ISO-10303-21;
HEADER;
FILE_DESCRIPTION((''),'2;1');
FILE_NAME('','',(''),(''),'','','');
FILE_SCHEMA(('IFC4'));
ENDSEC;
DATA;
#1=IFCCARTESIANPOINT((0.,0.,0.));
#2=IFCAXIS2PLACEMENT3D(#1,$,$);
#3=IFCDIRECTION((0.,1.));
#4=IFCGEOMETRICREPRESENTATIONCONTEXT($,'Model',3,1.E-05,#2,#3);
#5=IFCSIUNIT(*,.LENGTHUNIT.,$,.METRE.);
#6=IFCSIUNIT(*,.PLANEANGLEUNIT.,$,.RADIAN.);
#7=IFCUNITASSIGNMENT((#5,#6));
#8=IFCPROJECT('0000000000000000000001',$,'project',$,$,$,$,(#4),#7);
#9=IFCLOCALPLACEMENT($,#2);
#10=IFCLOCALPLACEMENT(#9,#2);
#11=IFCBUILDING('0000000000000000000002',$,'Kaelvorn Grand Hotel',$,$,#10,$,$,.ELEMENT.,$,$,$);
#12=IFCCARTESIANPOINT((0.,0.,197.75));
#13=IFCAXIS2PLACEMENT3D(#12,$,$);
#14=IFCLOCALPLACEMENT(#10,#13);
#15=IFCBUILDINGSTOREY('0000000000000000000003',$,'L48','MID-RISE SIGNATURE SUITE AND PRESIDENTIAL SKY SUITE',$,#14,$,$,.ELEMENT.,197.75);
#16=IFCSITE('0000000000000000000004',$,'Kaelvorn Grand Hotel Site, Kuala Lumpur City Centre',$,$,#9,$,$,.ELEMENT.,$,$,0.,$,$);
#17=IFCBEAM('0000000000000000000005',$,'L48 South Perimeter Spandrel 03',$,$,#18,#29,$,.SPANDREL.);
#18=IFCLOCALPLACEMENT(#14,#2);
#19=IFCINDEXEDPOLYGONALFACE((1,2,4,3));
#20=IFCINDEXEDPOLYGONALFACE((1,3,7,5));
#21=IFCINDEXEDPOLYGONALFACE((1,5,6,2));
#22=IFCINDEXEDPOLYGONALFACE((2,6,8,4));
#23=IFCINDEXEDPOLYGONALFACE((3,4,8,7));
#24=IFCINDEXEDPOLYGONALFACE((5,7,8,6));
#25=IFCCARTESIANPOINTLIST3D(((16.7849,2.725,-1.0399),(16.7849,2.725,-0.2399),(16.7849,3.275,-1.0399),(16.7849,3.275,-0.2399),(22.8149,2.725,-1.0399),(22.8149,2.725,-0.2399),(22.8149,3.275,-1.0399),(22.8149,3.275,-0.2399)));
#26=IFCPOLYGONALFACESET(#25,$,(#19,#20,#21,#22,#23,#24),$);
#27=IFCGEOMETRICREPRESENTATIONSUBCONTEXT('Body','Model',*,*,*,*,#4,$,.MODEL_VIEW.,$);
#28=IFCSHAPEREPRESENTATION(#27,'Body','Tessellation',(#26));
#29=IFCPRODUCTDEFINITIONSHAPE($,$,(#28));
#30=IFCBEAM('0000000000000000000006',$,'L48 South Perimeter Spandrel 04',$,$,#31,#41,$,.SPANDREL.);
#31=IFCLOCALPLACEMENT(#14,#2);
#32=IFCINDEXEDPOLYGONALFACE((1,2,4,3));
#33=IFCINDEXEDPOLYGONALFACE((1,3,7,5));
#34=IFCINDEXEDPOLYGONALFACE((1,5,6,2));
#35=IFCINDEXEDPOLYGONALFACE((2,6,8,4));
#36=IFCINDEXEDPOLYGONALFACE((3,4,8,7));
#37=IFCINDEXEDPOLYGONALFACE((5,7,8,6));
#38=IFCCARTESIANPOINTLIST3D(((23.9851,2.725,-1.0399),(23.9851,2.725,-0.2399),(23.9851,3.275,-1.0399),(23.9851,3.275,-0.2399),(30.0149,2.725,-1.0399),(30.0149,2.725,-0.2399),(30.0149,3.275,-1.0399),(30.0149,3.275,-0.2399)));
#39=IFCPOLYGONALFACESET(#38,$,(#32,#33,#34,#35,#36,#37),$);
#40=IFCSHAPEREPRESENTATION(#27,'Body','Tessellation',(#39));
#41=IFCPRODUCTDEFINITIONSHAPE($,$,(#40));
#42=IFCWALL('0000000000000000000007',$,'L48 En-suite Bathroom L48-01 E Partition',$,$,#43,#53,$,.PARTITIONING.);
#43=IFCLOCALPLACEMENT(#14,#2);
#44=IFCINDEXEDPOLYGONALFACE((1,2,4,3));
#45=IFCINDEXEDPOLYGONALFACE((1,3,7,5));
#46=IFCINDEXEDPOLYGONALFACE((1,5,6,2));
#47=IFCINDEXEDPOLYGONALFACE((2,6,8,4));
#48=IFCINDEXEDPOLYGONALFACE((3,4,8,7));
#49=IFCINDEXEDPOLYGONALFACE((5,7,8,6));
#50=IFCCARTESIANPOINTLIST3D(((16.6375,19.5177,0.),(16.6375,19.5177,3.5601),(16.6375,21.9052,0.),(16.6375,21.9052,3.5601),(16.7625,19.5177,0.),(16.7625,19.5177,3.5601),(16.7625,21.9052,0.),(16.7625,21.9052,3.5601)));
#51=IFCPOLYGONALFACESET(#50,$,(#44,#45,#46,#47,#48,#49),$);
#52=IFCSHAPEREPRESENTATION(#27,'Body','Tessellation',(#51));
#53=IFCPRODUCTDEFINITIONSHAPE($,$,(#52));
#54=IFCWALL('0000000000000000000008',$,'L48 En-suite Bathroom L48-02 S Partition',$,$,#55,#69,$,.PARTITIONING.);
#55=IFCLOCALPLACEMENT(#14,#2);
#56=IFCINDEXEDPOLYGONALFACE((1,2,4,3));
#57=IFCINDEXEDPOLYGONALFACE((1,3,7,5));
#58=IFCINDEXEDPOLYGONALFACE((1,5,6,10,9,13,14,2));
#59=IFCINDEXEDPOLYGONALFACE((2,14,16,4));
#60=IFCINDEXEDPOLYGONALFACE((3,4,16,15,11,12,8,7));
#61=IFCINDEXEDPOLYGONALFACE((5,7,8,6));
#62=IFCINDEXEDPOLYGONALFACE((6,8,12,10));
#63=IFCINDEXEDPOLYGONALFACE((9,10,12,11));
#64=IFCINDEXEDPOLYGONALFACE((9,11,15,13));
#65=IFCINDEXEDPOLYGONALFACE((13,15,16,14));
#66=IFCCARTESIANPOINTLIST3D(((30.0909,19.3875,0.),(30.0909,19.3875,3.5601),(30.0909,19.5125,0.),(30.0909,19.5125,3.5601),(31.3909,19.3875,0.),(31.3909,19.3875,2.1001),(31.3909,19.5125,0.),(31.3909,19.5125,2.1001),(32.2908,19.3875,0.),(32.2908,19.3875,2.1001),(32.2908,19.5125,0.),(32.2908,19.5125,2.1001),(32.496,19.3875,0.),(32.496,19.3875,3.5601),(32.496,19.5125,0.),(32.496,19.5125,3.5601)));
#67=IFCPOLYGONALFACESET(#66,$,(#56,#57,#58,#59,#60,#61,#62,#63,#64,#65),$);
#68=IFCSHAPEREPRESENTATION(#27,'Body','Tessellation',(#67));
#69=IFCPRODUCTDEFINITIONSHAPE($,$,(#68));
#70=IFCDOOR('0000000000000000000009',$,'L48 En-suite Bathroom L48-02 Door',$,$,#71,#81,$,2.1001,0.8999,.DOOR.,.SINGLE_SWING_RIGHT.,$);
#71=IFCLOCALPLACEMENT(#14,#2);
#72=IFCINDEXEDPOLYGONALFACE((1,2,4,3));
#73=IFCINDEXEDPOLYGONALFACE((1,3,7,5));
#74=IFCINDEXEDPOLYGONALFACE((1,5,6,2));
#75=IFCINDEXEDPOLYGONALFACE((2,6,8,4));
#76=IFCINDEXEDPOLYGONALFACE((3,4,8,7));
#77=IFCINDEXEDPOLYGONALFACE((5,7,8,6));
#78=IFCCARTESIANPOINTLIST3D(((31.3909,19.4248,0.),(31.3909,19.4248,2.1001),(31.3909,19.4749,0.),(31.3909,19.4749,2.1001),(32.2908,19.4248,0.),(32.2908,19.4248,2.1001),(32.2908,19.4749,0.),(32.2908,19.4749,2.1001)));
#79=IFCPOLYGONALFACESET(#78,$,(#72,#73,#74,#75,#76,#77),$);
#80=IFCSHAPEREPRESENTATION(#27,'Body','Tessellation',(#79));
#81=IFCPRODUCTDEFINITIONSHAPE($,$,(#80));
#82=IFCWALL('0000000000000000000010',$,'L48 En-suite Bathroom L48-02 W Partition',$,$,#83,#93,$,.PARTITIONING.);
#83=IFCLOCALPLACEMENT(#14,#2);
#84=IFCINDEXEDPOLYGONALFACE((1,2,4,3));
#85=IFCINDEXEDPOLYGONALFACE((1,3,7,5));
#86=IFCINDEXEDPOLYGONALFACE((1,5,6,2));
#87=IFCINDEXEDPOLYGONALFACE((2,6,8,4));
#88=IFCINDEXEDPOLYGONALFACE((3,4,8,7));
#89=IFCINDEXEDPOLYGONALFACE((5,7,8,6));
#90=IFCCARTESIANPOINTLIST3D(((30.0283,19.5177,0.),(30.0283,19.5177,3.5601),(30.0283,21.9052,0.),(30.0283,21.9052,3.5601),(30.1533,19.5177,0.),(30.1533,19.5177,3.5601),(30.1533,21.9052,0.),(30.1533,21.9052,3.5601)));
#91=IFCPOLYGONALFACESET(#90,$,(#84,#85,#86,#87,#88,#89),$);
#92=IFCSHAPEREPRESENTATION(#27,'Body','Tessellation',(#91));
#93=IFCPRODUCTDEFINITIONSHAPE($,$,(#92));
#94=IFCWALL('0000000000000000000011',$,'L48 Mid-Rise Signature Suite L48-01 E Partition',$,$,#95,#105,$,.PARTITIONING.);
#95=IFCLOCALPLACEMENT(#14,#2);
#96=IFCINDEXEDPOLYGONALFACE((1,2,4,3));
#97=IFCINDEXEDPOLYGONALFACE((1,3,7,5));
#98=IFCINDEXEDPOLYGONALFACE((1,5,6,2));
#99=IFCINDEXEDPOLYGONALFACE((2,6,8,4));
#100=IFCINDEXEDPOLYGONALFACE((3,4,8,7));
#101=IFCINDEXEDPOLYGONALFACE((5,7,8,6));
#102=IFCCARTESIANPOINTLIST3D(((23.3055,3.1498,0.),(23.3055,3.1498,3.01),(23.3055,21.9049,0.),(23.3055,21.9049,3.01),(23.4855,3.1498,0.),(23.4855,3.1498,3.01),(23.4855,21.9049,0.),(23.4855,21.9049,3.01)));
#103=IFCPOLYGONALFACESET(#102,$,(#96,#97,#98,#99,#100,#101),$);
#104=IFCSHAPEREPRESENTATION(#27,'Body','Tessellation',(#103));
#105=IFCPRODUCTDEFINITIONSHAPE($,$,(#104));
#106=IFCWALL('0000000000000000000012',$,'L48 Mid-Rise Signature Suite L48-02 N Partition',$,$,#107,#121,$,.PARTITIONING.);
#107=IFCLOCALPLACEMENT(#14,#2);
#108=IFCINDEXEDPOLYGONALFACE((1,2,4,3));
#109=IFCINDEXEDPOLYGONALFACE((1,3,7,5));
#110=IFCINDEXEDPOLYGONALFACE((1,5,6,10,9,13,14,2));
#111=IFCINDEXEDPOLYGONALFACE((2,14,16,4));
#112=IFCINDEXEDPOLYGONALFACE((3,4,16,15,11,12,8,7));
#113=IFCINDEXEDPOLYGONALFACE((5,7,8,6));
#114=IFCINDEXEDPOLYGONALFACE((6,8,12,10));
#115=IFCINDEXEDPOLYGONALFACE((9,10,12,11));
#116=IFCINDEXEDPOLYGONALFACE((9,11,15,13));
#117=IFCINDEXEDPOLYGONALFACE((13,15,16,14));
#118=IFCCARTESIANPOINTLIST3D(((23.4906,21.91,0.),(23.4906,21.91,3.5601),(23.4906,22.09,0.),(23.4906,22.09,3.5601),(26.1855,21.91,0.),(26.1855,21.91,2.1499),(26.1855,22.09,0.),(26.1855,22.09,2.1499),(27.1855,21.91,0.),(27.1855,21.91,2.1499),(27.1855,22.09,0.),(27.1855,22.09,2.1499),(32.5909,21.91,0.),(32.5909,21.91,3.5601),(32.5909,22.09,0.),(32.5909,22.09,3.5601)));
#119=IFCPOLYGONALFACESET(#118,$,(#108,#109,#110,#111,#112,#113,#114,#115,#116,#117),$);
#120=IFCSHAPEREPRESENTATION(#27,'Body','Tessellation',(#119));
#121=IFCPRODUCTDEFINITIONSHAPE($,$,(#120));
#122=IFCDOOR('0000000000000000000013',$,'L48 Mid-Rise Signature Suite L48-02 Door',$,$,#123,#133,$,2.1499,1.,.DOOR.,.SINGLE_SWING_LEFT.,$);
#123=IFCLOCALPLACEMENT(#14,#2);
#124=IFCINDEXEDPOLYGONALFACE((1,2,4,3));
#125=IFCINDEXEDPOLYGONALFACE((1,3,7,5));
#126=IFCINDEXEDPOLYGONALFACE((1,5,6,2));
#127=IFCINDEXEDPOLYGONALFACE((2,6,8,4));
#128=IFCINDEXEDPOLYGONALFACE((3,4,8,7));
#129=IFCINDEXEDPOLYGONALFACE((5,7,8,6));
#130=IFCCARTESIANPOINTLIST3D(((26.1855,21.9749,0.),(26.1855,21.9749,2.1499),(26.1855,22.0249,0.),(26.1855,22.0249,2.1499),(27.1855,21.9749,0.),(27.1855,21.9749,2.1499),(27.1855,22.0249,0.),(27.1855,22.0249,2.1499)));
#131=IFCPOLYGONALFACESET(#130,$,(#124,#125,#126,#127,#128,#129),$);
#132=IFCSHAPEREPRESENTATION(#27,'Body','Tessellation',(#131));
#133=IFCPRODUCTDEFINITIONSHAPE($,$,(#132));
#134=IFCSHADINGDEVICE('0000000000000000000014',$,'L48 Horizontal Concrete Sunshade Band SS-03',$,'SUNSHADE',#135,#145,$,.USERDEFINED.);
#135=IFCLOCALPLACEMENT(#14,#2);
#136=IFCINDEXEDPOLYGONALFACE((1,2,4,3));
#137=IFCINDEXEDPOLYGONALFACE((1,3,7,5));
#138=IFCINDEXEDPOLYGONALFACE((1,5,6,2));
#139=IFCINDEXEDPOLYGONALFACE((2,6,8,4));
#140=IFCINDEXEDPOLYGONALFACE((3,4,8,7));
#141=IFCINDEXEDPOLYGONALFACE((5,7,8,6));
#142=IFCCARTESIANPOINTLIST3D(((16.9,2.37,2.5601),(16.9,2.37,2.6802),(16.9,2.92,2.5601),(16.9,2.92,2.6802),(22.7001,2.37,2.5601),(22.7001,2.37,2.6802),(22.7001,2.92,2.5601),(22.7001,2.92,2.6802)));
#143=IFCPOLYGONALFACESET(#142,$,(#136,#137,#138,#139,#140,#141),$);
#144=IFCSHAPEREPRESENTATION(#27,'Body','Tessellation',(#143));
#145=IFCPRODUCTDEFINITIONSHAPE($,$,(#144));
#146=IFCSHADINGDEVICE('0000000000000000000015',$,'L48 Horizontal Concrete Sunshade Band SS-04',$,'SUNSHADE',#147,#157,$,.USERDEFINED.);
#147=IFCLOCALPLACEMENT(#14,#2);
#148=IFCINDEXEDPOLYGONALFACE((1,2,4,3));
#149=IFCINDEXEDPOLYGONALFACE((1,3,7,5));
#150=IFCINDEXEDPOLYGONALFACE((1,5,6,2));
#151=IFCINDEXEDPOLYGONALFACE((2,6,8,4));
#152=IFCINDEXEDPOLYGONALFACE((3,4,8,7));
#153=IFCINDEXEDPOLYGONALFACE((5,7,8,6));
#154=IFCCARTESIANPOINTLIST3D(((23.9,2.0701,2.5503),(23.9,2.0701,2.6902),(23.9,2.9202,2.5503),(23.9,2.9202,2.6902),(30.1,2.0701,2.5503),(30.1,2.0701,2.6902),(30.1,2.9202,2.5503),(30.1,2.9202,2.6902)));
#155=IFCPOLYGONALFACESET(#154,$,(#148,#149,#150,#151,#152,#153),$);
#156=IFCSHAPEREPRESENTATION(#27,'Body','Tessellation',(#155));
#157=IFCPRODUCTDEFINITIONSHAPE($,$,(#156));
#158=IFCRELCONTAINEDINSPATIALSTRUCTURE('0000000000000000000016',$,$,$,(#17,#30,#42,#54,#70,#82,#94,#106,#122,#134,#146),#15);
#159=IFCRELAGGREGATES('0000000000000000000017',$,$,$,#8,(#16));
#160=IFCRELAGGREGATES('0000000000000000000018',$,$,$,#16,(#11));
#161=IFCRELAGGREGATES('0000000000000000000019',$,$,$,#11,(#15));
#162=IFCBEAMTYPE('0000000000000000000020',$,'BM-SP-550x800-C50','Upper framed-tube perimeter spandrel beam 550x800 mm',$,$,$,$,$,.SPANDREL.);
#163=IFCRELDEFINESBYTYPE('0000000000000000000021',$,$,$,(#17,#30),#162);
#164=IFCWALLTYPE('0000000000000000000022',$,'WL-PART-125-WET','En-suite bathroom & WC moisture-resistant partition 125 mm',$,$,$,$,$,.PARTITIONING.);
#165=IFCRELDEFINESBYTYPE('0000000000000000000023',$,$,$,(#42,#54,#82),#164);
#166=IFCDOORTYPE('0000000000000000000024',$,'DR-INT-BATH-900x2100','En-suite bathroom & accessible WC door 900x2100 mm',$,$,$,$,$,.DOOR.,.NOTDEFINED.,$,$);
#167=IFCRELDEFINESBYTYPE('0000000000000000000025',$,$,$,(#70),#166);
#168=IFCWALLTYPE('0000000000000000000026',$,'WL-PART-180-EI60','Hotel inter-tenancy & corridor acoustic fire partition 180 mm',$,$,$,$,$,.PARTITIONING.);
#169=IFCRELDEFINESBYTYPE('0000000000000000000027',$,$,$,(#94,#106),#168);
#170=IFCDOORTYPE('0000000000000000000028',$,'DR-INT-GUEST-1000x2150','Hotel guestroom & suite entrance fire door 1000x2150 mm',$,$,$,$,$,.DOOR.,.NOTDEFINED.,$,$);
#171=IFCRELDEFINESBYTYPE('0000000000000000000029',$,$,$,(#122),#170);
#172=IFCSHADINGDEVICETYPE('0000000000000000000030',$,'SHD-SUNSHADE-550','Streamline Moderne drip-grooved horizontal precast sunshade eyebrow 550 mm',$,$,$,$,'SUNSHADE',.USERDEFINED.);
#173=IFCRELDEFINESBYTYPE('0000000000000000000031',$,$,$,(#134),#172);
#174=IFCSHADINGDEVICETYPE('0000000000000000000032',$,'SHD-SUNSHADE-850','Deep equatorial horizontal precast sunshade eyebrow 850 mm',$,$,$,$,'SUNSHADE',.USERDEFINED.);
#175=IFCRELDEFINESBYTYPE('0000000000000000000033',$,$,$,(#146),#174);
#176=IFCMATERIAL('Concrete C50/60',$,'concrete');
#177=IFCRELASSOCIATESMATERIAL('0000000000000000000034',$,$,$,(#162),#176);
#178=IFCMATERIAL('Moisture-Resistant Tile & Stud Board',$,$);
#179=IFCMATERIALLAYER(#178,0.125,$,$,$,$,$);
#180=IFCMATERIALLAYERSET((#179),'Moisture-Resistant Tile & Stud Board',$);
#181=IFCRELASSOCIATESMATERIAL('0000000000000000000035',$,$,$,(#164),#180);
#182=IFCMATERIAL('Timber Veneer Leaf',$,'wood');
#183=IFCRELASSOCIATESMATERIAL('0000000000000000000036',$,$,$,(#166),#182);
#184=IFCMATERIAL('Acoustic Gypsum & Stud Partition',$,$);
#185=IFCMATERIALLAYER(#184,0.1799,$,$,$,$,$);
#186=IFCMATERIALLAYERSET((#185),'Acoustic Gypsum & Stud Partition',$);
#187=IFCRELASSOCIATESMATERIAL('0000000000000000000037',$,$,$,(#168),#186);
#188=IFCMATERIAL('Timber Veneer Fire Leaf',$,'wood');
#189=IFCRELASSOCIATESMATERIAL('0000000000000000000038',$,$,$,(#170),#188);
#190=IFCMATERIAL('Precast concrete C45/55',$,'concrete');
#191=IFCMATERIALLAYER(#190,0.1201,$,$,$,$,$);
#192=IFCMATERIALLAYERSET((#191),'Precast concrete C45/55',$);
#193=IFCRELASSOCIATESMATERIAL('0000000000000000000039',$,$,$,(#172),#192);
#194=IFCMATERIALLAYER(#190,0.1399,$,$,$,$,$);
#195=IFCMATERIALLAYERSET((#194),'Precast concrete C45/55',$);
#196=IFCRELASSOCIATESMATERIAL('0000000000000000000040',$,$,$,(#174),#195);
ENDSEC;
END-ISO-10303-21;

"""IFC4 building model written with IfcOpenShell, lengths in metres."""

from ifc_helpers import new_model, si_unit, direction, frame, frame_2d, origin, origin_2d, place, context, subcontext, project, spatial, rectangle, extrude, material, layer, layer_set, material_profile, profile_set, type_object, element, fill, save


model = new_model("IFC4")

# Units and contexts
model_context = context("Model", 3, precision=1e-05, world=origin(), true_north=direction((0.0, 1.0)))
body_context = subcontext(model_context, "Body", "Model", "MODEL_VIEW")
ifc_project = project(units=[si_unit("LENGTHUNIT", "METRE"), si_unit("PLANEANGLEUNIT", "RADIAN")], contexts=[model_context])

# Site, building, storey
site_placement = place(None, origin())
site = spatial("IfcSite", under=ifc_project, at=site_placement, Name="Kaelvorn Grand Hotel Site, Kuala Lumpur City Centre", CompositionType="ELEMENT", RefElevation=0.0)
building_placement = place(site_placement, origin())
building = spatial("IfcBuilding", under=site, at=building_placement, Name="Kaelvorn Grand Hotel", CompositionType="ELEMENT")
storey_placement = place(building_placement, frame((0.0, 0.0, 197.75)))
storey = spatial("IfcBuildingStorey", under=building, at=storey_placement, Name="L48", Description="MID-RISE SIGNATURE SUITE AND PRESIDENTIAL SKY SUITE", CompositionType="ELEMENT", Elevation=197.75)

# Beams
ifc_material_1 = material(Name="Concrete C50/60", Category="concrete")
ifc_material_profile_1 = material_profile(ifc_material_1, rectangle(XDim=0.55, YDim=0.8, at=origin_2d()), Name="RC SPANDREL 550x800")
ifc_profile_set_1 = profile_set([ifc_material_profile_1], Name="Concrete C50/60")
beam_type_1 = type_object("IfcBeamType", Name="BM-SP-550x800-C50", Description="Upper framed-tube perimeter spandrel beam 550x800 mm", PredefinedType="SPANDREL", material=ifc_profile_set_1)
beam_1_placement = place(storey_placement, frame((16.7849, 3.0, -0.6399), z_axis=(1.0, 0.0, 0.0), x_axis=(0.0, 1.0, 0.0)))
element("IfcBeam", 1, at=beam_1_placement, inside=storey, type_object=beam_type_1, Name="L48 South Perimeter Spandrel 03", PredefinedType="SPANDREL", context=body_context, shape_type="SweptSolid", body=[
    extrude(rectangle(XDim=0.55, YDim=0.8, at=origin_2d()), origin(), (0.0, 0.0, 1.0), 6.03),
])
beam_2_placement = place(storey_placement, frame((23.9851, 3.0, -0.6399), z_axis=(1.0, 0.0, 0.0), x_axis=(0.0, 1.0, 0.0)))
element("IfcBeam", 2, at=beam_2_placement, inside=storey, type_object=beam_type_1, Name="L48 South Perimeter Spandrel 04", PredefinedType="SPANDREL", context=body_context, shape_type="SweptSolid", body=[
    extrude(rectangle(XDim=0.55, YDim=0.8, at=origin_2d()), origin(), (0.0, 0.0, 1.0), 6.0298),
])

# Wall
ifc_material_2 = material(Name="Moisture-Resistant Tile & Stud Board")
ifc_layer_1 = layer(ifc_material_2, 0.125)
ifc_layer_set_1 = layer_set([ifc_layer_1], Name="Moisture-Resistant Tile & Stud Board")
wall_type_1 = type_object("IfcWallType", Name="WL-PART-125-WET", Description="En-suite bathroom & WC moisture-resistant partition 125 mm", PredefinedType="PARTITIONING", material=ifc_layer_set_1)
wall_1_placement = place(storey_placement, frame((16.7, 19.5176, 0.0), z_axis=(0.0, 0.0, 1.0), x_axis=(0.0, 1.0, 0.0)))
element("IfcWall", 3, at=wall_1_placement, inside=storey, type_object=wall_type_1, Name="L48 En-suite Bathroom L48-01 E Partition", PredefinedType="PARTITIONING", context=body_context, shape_type="SweptSolid", body=[
    extrude(rectangle(XDim=2.3875, YDim=0.125, at=frame_2d((1.1938, 0.0))), origin(), (0.0, 0.0, 1.0), 3.5601),
])

# Wall, opening, door
wall_2_placement = place(storey_placement, frame((30.0908, 19.45, 0.0), z_axis=(0.0, 0.0, 1.0), x_axis=(1.0, 0.0, 0.0)))
wall_2 = element("IfcWall", 4, at=wall_2_placement, inside=storey, type_object=wall_type_1, Name="L48 En-suite Bathroom L48-02 S Partition", PredefinedType="PARTITIONING", context=body_context, shape_type="SweptSolid", body=[
    extrude(rectangle(XDim=2.405, YDim=0.125, at=frame_2d((1.2026, 0.0))), origin(), (0.0, 0.0, 1.0), 3.5601),
])
opening_1_placement = place(wall_2_placement, frame((1.3, 0.0, 0.0)))
opening_1 = element("IfcOpeningElement", 5, at=opening_1_placement, cuts=wall_2, PredefinedType="OPENING", context=body_context, shape_type="SweptSolid", body=[
    extrude(rectangle(XDim=0.8999, YDim=2.1001, at=frame_2d((0.45, 1.05))), frame((0.0, 0.0725, 0.0), z_axis=(0.0, -1.0, 0.0), x_axis=(1.0, 0.0, 0.0)), (0.0, 0.0, 1.0), 0.145),
])
ifc_material_3 = material(Name="Timber Veneer Leaf", Category="wood")
door_type_1 = type_object("IfcDoorType", Name="DR-INT-BATH-900x2100", Description="En-suite bathroom & accessible WC door 900x2100 mm", OperationType="NOTDEFINED", PredefinedType="DOOR", material=ifc_material_3)
door_1_placement = place(opening_1_placement, origin())
door_1 = element("IfcDoor", 6, at=door_1_placement, inside=storey, type_object=door_type_1, Name="L48 En-suite Bathroom L48-02 Door", OperationType="SINGLE_SWING_RIGHT", OverallHeight=2.1001, OverallWidth=0.8999, PredefinedType="DOOR", context=body_context, shape_type="SweptSolid", body=[
    extrude(rectangle(XDim=0.8999, YDim=2.1001, at=frame_2d((0.45, 1.05))), frame((0.0, 0.0249, 0.0), z_axis=(0.0, -1.0, 0.0), x_axis=(1.0, 0.0, 0.0)), (0.0, 0.0, 1.0), 0.05),
])
fill(opening_1, door_1)

# Walls
wall_3_placement = place(storey_placement, frame((30.0908, 19.5176, 0.0), z_axis=(0.0, 0.0, 1.0), x_axis=(0.0, 1.0, 0.0)))
element("IfcWall", 7, at=wall_3_placement, inside=storey, type_object=wall_type_1, Name="L48 En-suite Bathroom L48-02 W Partition", PredefinedType="PARTITIONING", context=body_context, shape_type="SweptSolid", body=[
    extrude(rectangle(XDim=2.3875, YDim=0.125, at=frame_2d((1.1938, 0.0))), origin(), (0.0, 0.0, 1.0), 3.5601),
])
ifc_material_4 = material(Name="Acoustic Gypsum & Stud Partition")
ifc_layer_2 = layer(ifc_material_4, 0.1799)
ifc_layer_set_2 = layer_set([ifc_layer_2], Name="Acoustic Gypsum & Stud Partition")
wall_type_2 = type_object("IfcWallType", Name="WL-PART-180-EI60", Description="Hotel inter-tenancy & corridor acoustic fire partition 180 mm", PredefinedType="PARTITIONING", material=ifc_layer_set_2)
wall_4_placement = place(storey_placement, frame((23.3955, 3.1499, 0.0), z_axis=(0.0, 0.0, 1.0), x_axis=(0.0, 1.0, 0.0)))
element("IfcWall", 8, at=wall_4_placement, inside=storey, type_object=wall_type_2, Name="L48 Mid-Rise Signature Suite L48-01 E Partition", PredefinedType="PARTITIONING", context=body_context, shape_type="SweptSolid", body=[
    extrude(rectangle(XDim=18.7551, YDim=0.1799, at=frame_2d((9.3774, 0.0))), origin(), (0.0, 0.0, 1.0), 3.01),
])

# Wall, opening, door
wall_5_placement = place(storey_placement, frame((23.4905, 22.0, 0.0), z_axis=(0.0, 0.0, 1.0), x_axis=(1.0, 0.0, 0.0)))
wall_5 = element("IfcWall", 9, at=wall_5_placement, inside=storey, type_object=wall_type_2, Name="L48 Mid-Rise Signature Suite L48-02 N Partition", PredefinedType="PARTITIONING", context=body_context, shape_type="SweptSolid", body=[
    extrude(rectangle(XDim=9.1003, YDim=0.1799, at=frame_2d((4.5503, 0.0))), origin(), (0.0, 0.0, 1.0), 3.5601),
])
opening_2_placement = place(wall_5_placement, frame((2.6951, 0.0, 0.0)))
opening_2 = element("IfcOpeningElement", 10, at=opening_2_placement, cuts=wall_5, PredefinedType="OPENING", context=body_context, shape_type="SweptSolid", body=[
    extrude(rectangle(XDim=1.0, YDim=2.1499, at=frame_2d((0.5, 1.075))), frame((0.0, 0.1001, 0.0), z_axis=(0.0, -1.0, 0.0), x_axis=(1.0, 0.0, 0.0)), (0.0, 0.0, 1.0), 0.2),
])
ifc_material_5 = material(Name="Timber Veneer Fire Leaf", Category="wood")
door_type_2 = type_object("IfcDoorType", Name="DR-INT-GUEST-1000x2150", Description="Hotel guestroom & suite entrance fire door 1000x2150 mm", OperationType="NOTDEFINED", PredefinedType="DOOR", material=ifc_material_5)
door_2_placement = place(opening_2_placement, origin())
door_2 = element("IfcDoor", 11, at=door_2_placement, inside=storey, type_object=door_type_2, Name="L48 Mid-Rise Signature Suite L48-02 Door", OperationType="SINGLE_SWING_LEFT", OverallHeight=2.1499, OverallWidth=1.0, PredefinedType="DOOR", context=body_context, shape_type="SweptSolid", body=[
    extrude(rectangle(XDim=1.0, YDim=2.1499, at=frame_2d((0.5, 1.075))), frame((0.0, 0.0249, 0.0), z_axis=(0.0, -1.0, 0.0), x_axis=(1.0, 0.0, 0.0)), (0.0, 0.0, 1.0), 0.05),
])
fill(opening_2, door_2)

# Shading devices
ifc_material_6 = material(Name="Precast concrete C45/55", Category="concrete")
ifc_layer_3 = layer(ifc_material_6, 0.1201)
ifc_layer_set_3 = layer_set([ifc_layer_3], Name="Precast concrete C45/55")
shading_device_type_1 = type_object("IfcShadingDeviceType", Name="SHD-SUNSHADE-550", Description="Streamline Moderne drip-grooved horizontal precast sunshade eyebrow 550 mm", ElementType="SUNSHADE", PredefinedType="USERDEFINED", material=ifc_layer_set_3)
shading_device_1_placement = place(storey_placement, frame((19.8, 2.645, 2.5601), z_axis=(0.0, 0.0, 1.0), x_axis=(1.0, 0.0, 0.0)))
element("IfcShadingDevice", 12, at=shading_device_1_placement, inside=storey, type_object=shading_device_type_1, Name="L48 Horizontal Concrete Sunshade Band SS-03", ObjectType="SUNSHADE", PredefinedType="USERDEFINED", context=body_context, shape_type="SweptSolid", body=[
    extrude(rectangle(XDim=5.8, YDim=0.55, at=origin_2d()), origin(), (0.0, 0.0, 1.0), 0.1201),
])
ifc_layer_4 = layer(ifc_material_6, 0.1399)
ifc_layer_set_4 = layer_set([ifc_layer_4], Name="Precast concrete C45/55")
shading_device_type_2 = type_object("IfcShadingDeviceType", Name="SHD-SUNSHADE-850", Description="Deep equatorial horizontal precast sunshade eyebrow 850 mm", ElementType="SUNSHADE", PredefinedType="USERDEFINED", material=ifc_layer_set_4)
shading_device_2_placement = place(storey_placement, frame((27.0, 2.4951, 2.5503), z_axis=(0.0, 0.0, 1.0), x_axis=(1.0, 0.0, 0.0)))
element("IfcShadingDevice", 13, at=shading_device_2_placement, inside=storey, type_object=shading_device_type_2, Name="L48 Horizontal Concrete Sunshade Band SS-04", ObjectType="SUNSHADE", PredefinedType="USERDEFINED", context=body_context, shape_type="SweptSolid", body=[
    extrude(rectangle(XDim=6.2, YDim=0.8501, at=origin_2d()), origin(), (0.0, 0.0, 1.0), 0.1399),
])

save(model, "model.ifc")
